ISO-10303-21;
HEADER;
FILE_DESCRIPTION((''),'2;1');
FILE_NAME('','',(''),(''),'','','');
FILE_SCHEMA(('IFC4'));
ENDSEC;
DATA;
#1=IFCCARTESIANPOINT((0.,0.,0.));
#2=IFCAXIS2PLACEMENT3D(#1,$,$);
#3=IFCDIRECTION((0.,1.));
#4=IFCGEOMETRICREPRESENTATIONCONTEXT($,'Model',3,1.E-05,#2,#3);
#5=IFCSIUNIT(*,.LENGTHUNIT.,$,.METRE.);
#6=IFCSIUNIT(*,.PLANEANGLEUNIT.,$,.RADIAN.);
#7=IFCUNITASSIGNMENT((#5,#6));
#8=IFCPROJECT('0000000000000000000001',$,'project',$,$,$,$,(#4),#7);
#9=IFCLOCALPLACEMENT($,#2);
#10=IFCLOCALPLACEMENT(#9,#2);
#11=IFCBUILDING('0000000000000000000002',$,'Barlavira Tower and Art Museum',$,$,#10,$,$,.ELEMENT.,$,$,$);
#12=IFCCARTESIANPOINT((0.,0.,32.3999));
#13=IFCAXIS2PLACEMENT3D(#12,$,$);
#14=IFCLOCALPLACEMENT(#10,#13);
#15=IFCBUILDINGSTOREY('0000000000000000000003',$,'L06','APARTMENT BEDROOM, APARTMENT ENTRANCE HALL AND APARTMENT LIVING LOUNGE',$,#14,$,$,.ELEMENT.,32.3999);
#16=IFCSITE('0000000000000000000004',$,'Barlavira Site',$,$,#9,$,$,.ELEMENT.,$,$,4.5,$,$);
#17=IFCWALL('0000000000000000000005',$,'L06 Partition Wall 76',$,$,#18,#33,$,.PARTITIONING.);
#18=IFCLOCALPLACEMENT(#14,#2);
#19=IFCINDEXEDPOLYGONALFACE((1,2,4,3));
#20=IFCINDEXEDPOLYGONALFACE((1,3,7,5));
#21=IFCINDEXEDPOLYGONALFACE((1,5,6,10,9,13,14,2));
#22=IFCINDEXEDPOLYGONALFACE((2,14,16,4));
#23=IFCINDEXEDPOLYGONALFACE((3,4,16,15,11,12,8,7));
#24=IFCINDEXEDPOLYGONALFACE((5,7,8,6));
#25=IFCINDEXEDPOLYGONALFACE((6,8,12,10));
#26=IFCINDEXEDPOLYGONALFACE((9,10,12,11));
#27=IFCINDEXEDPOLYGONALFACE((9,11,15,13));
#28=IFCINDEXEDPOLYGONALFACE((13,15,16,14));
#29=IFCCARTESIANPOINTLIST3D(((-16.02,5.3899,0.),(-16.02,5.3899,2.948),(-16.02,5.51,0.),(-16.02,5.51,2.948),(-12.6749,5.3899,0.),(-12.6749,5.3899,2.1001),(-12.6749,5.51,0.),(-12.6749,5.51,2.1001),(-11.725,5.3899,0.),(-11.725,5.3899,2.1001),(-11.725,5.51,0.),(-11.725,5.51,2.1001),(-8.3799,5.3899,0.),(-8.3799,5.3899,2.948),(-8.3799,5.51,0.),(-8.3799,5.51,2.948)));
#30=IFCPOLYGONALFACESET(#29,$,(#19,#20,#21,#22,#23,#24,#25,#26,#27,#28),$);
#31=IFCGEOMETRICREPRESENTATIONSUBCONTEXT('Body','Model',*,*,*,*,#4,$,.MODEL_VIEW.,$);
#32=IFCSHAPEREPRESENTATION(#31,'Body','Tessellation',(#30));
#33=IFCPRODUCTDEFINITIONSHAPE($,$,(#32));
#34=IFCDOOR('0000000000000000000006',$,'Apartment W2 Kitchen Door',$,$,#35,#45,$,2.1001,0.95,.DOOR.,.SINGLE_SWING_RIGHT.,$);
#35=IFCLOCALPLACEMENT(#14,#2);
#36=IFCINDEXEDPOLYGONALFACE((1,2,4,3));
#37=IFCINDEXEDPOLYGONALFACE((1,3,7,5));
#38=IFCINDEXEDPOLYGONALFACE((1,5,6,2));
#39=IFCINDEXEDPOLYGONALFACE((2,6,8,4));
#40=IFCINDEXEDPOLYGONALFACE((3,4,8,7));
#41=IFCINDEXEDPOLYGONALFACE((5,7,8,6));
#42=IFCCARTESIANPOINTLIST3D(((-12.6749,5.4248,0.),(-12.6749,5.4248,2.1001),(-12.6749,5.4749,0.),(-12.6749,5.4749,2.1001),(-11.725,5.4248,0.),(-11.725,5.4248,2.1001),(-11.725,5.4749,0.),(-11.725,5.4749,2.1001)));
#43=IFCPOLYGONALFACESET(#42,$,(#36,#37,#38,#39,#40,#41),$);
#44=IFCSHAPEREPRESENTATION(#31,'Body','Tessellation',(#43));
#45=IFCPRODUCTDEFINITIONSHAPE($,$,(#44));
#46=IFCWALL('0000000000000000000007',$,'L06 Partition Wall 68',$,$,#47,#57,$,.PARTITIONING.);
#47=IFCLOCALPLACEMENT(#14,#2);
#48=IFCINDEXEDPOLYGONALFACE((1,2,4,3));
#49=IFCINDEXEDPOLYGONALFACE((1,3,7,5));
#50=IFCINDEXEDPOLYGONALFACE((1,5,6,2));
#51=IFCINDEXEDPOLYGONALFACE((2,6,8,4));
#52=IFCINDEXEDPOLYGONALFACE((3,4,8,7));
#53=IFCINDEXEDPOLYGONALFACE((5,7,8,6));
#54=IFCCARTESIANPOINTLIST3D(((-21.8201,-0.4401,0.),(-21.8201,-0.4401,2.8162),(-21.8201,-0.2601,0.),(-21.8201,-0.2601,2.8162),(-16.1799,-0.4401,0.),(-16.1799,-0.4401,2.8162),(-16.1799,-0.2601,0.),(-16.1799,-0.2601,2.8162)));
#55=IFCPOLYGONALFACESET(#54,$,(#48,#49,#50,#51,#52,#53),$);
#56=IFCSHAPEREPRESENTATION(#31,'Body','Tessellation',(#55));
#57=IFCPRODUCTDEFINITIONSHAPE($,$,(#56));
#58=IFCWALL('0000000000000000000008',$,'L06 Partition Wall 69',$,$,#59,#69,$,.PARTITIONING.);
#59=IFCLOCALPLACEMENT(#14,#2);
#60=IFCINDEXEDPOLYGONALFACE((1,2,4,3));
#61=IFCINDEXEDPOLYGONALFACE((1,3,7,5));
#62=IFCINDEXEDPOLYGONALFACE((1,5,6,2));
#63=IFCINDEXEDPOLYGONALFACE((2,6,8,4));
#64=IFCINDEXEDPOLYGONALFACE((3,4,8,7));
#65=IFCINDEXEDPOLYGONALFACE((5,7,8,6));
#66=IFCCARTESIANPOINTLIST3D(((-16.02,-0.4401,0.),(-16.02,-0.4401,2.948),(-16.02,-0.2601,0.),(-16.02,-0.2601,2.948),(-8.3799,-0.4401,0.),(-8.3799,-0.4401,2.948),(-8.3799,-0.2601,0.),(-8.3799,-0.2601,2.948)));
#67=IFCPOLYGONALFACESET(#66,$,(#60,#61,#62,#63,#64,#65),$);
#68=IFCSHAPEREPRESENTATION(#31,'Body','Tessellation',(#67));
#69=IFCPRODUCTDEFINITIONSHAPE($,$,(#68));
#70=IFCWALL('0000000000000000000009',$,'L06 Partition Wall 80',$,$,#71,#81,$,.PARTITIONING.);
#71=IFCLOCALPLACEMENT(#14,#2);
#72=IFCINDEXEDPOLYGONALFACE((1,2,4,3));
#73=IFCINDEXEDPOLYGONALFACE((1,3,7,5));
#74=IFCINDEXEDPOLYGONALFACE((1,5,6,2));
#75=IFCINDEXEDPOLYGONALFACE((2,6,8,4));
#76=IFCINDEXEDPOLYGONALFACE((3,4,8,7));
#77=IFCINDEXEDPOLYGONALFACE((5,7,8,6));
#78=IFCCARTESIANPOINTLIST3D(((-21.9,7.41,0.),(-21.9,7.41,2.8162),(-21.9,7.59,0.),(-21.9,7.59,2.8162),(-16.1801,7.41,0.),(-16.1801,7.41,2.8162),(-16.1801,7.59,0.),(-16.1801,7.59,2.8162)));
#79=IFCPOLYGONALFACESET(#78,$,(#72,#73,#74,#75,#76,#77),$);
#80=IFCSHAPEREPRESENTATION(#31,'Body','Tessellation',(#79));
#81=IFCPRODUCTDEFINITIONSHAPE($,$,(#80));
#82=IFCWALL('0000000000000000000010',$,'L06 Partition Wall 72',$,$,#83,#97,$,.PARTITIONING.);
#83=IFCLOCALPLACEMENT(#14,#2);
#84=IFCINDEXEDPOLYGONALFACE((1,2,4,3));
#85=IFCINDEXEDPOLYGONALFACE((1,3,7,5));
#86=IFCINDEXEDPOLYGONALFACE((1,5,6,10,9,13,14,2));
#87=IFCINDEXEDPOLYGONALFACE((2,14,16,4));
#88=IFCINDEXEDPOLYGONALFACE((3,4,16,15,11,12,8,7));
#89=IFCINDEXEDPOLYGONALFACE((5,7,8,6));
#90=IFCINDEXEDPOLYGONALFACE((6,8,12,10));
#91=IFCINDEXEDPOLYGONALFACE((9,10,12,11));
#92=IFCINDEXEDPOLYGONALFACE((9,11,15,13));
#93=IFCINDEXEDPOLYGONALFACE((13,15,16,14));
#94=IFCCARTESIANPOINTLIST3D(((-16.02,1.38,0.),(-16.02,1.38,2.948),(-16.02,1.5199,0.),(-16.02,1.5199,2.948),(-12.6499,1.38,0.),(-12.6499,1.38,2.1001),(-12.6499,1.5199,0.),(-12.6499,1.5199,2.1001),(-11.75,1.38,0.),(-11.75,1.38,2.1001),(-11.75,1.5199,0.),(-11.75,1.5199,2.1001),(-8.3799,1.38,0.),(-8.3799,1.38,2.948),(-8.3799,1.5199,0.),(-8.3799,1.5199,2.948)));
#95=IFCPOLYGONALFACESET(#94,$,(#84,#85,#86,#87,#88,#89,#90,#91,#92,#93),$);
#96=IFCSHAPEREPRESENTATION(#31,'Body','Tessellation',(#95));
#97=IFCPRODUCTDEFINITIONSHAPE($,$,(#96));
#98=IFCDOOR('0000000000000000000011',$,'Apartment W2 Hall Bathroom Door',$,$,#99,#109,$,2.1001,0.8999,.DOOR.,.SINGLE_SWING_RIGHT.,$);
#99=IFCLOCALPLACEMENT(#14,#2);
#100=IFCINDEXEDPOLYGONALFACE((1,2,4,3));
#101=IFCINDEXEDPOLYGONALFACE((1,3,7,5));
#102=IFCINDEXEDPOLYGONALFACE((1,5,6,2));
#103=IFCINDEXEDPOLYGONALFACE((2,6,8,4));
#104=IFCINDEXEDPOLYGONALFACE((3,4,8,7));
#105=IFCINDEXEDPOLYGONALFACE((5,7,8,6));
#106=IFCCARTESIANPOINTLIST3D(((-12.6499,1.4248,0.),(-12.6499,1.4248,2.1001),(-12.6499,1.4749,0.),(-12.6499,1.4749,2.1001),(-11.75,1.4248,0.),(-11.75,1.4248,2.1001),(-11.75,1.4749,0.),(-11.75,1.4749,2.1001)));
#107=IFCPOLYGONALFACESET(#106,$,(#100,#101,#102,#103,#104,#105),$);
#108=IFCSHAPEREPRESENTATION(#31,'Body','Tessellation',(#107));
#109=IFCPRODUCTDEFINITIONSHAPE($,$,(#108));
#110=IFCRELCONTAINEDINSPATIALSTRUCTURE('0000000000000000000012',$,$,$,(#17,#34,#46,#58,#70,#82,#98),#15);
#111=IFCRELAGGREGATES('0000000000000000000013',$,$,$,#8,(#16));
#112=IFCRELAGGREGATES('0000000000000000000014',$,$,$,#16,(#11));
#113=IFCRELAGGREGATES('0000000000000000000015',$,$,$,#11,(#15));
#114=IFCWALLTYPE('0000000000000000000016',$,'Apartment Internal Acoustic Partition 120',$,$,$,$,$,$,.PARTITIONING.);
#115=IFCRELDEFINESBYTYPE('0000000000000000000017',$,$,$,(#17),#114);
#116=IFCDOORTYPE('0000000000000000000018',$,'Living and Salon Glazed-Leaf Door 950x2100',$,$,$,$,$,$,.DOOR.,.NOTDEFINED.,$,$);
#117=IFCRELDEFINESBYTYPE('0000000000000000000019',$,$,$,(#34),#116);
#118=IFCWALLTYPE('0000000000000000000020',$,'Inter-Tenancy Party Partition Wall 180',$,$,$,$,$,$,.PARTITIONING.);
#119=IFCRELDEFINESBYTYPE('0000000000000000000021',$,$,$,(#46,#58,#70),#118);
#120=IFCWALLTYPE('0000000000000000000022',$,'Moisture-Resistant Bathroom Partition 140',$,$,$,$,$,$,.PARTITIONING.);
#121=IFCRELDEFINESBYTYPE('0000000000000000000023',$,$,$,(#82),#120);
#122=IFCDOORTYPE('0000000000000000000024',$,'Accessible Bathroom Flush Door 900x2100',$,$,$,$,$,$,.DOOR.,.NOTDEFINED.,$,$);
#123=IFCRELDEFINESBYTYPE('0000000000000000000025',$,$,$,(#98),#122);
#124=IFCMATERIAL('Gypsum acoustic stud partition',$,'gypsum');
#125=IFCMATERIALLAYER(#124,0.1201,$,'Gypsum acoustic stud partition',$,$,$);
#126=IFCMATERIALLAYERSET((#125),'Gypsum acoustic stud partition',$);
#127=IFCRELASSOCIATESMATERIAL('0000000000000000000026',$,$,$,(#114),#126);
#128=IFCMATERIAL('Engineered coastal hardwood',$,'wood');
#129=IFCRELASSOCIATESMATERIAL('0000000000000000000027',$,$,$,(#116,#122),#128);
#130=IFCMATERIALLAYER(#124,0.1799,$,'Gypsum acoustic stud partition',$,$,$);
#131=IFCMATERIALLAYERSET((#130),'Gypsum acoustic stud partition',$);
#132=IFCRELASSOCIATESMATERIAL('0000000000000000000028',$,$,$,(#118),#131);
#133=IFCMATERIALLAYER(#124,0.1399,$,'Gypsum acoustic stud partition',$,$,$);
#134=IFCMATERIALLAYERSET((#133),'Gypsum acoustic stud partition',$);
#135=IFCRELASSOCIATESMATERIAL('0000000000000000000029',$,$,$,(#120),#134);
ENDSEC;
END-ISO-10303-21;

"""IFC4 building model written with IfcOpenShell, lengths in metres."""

from ifc_helpers import new_model, si_unit, direction, frame, frame_2d, origin, place, context, subcontext, project, spatial, rectangle, extrude, material, layer, layer_set, type_object, element, fill, save


model = new_model("IFC4")

# Units and contexts
model_context = context("Model", 3, precision=1e-05, world=origin(), true_north=direction((0.0, 1.0)))
body_context = subcontext(model_context, "Body", "Model", "MODEL_VIEW")
ifc_project = project(units=[si_unit("LENGTHUNIT", "METRE"), si_unit("PLANEANGLEUNIT", "RADIAN")], contexts=[model_context])

# Site, building, storey
site_placement = place(None, origin())
site = spatial("IfcSite", under=ifc_project, at=site_placement, Name="Barlavira Site", CompositionType="ELEMENT", RefElevation=4.5)
building_placement = place(site_placement, origin())
building = spatial("IfcBuilding", under=site, at=building_placement, Name="Barlavira Tower and Art Museum", CompositionType="ELEMENT")
storey_placement = place(building_placement, frame((0.0, 0.0, 32.3999)))
storey = spatial("IfcBuildingStorey", under=building, at=storey_placement, Name="L06", Description="APARTMENT BEDROOM, APARTMENT ENTRANCE HALL AND APARTMENT LIVING LOUNGE", CompositionType="ELEMENT", Elevation=32.3999)

# Wall, opening, door
ifc_material_1 = material(Name="Gypsum acoustic stud partition", Category="gypsum")
ifc_layer_1 = layer(ifc_material_1, 0.1201, Name="Gypsum acoustic stud partition")
ifc_layer_set_1 = layer_set([ifc_layer_1], Name="Gypsum acoustic stud partition")
wall_type_1 = type_object("IfcWallType", Name="Apartment Internal Acoustic Partition 120", PredefinedType="PARTITIONING", material=ifc_layer_set_1)
ifc_material_2 = material(Name="Engineered coastal hardwood", Category="wood")
wall_1_placement = place(storey_placement, frame((-16.02, 5.45, 0.0), z_axis=(0.0, 0.0, 1.0), x_axis=(1.0, 0.0, 0.0)))
wall_1 = element("IfcWall", 1, at=wall_1_placement, inside=storey, type_object=wall_type_1, Name="L06 Partition Wall 76", PredefinedType="PARTITIONING", context=body_context, shape_type="SweptSolid", body=[
    extrude(rectangle(XDim=7.6401, YDim=0.1201, at=frame_2d((3.8201, 0.0))), origin(), (0.0, 0.0, 1.0), 2.948),
])
opening_1_placement = place(wall_1_placement, frame((3.345, 0.0, 0.0)))
opening_1 = element("IfcOpeningElement", 2, at=opening_1_placement, cuts=wall_1, PredefinedType="OPENING", context=body_context, shape_type="SweptSolid", body=[
    extrude(rectangle(XDim=0.95, YDim=2.1001, at=frame_2d((0.4751, 1.05))), frame((0.0, 0.0701, 0.0), z_axis=(0.0, -1.0, 0.0), x_axis=(1.0, 0.0, 0.0)), (0.0, 0.0, 1.0), 0.1401),
])
door_type_1 = type_object("IfcDoorType", Name="Living and Salon Glazed-Leaf Door 950x2100", OperationType="NOTDEFINED", PredefinedType="DOOR", material=ifc_material_2)
door_1_placement = place(opening_1_placement, origin())
door_1 = element("IfcDoor", 3, at=door_1_placement, inside=storey, type_object=door_type_1, Name="Apartment W2 Kitchen Door", OperationType="SINGLE_SWING_RIGHT", OverallHeight=2.1001, OverallWidth=0.95, PredefinedType="DOOR", context=body_context, shape_type="SweptSolid", body=[
    extrude(rectangle(XDim=0.95, YDim=2.1001, at=frame_2d((0.4751, 1.05))), frame((0.0, 0.0249, 0.0), z_axis=(0.0, -1.0, 0.0), x_axis=(1.0, 0.0, 0.0)), (0.0, 0.0, 1.0), 0.05),
])
fill(opening_1, door_1)

# Walls
ifc_layer_2 = layer(ifc_material_1, 0.1799, Name="Gypsum acoustic stud partition")
ifc_layer_set_2 = layer_set([ifc_layer_2], Name="Gypsum acoustic stud partition")
wall_type_2 = type_object("IfcWallType", Name="Inter-Tenancy Party Partition Wall 180", PredefinedType="PARTITIONING", material=ifc_layer_set_2)
wall_2_placement = place(storey_placement, frame((-21.8201, -0.3501, 0.0), z_axis=(0.0, 0.0, 1.0), x_axis=(1.0, 0.0, 0.0)))
element("IfcWall", 4, at=wall_2_placement, inside=storey, type_object=wall_type_2, Name="L06 Partition Wall 68", PredefinedType="PARTITIONING", context=body_context, shape_type="SweptSolid", body=[
    extrude(rectangle(XDim=5.6401, YDim=0.1799, at=frame_2d((2.8201, 0.0))), origin(), (0.0, 0.0, 1.0), 2.8162),
])
wall_3_placement = place(storey_placement, frame((-16.02, -0.3501, 0.0), z_axis=(0.0, 0.0, 1.0), x_axis=(1.0, 0.0, 0.0)))
element("IfcWall", 5, at=wall_3_placement, inside=storey, type_object=wall_type_2, Name="L06 Partition Wall 69", PredefinedType="PARTITIONING", context=body_context, shape_type="SweptSolid", body=[
    extrude(rectangle(XDim=7.6401, YDim=0.1799, at=frame_2d((3.8201, 0.0))), origin(), (0.0, 0.0, 1.0), 2.948),
])
wall_4_placement = place(storey_placement, frame((-21.8999, 7.5, 0.0), z_axis=(0.0, 0.0, 1.0), x_axis=(1.0, 0.0, 0.0)))
element("IfcWall", 6, at=wall_4_placement, inside=storey, type_object=wall_type_2, Name="L06 Partition Wall 80", PredefinedType="PARTITIONING", context=body_context, shape_type="SweptSolid", body=[
    extrude(rectangle(XDim=5.72, YDim=0.1799, at=frame_2d((2.8599, 0.0))), origin(), (0.0, 0.0, 1.0), 2.8162),
])

# Wall, opening, door
ifc_layer_3 = layer(ifc_material_1, 0.1399, Name="Gypsum acoustic stud partition")
ifc_layer_set_3 = layer_set([ifc_layer_3], Name="Gypsum acoustic stud partition")
wall_type_3 = type_object("IfcWallType", Name="Moisture-Resistant Bathroom Partition 140", PredefinedType="PARTITIONING", material=ifc_layer_set_3)
wall_5_placement = place(storey_placement, frame((-16.02, 1.45, 0.0), z_axis=(0.0, 0.0, 1.0), x_axis=(1.0, 0.0, 0.0)))
wall_5 = element("IfcWall", 7, at=wall_5_placement, inside=storey, type_object=wall_type_3, Name="L06 Partition Wall 72", PredefinedType="PARTITIONING", context=body_context, shape_type="SweptSolid", body=[
    extrude(rectangle(XDim=7.6401, YDim=0.1399, at=frame_2d((3.8201, 0.0))), origin(), (0.0, 0.0, 1.0), 2.948),
])
opening_2_placement = place(wall_5_placement, frame((3.3701, 0.0, 0.0)))
opening_2 = element("IfcOpeningElement", 8, at=opening_2_placement, cuts=wall_5, PredefinedType="OPENING", context=body_context, shape_type="SweptSolid", body=[
    extrude(rectangle(XDim=0.8999, YDim=2.1001, at=frame_2d((0.45, 1.05))), frame((0.0, 0.0801, 0.0), z_axis=(0.0, -1.0, 0.0), x_axis=(1.0, 0.0, 0.0)), (0.0, 0.0, 1.0), 0.1599),
])
door_type_2 = type_object("IfcDoorType", Name="Accessible Bathroom Flush Door 900x2100", OperationType="NOTDEFINED", PredefinedType="DOOR", material=ifc_material_2)
door_2_placement = place(opening_2_placement, origin())
door_2 = element("IfcDoor", 9, at=door_2_placement, inside=storey, type_object=door_type_2, Name="Apartment W2 Hall Bathroom Door", OperationType="SINGLE_SWING_RIGHT", OverallHeight=2.1001, OverallWidth=0.8999, PredefinedType="DOOR", context=body_context, shape_type="SweptSolid", body=[
    extrude(rectangle(XDim=0.8999, YDim=2.1001, at=frame_2d((0.45, 1.05))), frame((0.0, 0.0249, 0.0), z_axis=(0.0, -1.0, 0.0), x_axis=(1.0, 0.0, 0.0)), (0.0, 0.0, 1.0), 0.05),
])
fill(opening_2, door_2)

save(model, "model.ifc")
